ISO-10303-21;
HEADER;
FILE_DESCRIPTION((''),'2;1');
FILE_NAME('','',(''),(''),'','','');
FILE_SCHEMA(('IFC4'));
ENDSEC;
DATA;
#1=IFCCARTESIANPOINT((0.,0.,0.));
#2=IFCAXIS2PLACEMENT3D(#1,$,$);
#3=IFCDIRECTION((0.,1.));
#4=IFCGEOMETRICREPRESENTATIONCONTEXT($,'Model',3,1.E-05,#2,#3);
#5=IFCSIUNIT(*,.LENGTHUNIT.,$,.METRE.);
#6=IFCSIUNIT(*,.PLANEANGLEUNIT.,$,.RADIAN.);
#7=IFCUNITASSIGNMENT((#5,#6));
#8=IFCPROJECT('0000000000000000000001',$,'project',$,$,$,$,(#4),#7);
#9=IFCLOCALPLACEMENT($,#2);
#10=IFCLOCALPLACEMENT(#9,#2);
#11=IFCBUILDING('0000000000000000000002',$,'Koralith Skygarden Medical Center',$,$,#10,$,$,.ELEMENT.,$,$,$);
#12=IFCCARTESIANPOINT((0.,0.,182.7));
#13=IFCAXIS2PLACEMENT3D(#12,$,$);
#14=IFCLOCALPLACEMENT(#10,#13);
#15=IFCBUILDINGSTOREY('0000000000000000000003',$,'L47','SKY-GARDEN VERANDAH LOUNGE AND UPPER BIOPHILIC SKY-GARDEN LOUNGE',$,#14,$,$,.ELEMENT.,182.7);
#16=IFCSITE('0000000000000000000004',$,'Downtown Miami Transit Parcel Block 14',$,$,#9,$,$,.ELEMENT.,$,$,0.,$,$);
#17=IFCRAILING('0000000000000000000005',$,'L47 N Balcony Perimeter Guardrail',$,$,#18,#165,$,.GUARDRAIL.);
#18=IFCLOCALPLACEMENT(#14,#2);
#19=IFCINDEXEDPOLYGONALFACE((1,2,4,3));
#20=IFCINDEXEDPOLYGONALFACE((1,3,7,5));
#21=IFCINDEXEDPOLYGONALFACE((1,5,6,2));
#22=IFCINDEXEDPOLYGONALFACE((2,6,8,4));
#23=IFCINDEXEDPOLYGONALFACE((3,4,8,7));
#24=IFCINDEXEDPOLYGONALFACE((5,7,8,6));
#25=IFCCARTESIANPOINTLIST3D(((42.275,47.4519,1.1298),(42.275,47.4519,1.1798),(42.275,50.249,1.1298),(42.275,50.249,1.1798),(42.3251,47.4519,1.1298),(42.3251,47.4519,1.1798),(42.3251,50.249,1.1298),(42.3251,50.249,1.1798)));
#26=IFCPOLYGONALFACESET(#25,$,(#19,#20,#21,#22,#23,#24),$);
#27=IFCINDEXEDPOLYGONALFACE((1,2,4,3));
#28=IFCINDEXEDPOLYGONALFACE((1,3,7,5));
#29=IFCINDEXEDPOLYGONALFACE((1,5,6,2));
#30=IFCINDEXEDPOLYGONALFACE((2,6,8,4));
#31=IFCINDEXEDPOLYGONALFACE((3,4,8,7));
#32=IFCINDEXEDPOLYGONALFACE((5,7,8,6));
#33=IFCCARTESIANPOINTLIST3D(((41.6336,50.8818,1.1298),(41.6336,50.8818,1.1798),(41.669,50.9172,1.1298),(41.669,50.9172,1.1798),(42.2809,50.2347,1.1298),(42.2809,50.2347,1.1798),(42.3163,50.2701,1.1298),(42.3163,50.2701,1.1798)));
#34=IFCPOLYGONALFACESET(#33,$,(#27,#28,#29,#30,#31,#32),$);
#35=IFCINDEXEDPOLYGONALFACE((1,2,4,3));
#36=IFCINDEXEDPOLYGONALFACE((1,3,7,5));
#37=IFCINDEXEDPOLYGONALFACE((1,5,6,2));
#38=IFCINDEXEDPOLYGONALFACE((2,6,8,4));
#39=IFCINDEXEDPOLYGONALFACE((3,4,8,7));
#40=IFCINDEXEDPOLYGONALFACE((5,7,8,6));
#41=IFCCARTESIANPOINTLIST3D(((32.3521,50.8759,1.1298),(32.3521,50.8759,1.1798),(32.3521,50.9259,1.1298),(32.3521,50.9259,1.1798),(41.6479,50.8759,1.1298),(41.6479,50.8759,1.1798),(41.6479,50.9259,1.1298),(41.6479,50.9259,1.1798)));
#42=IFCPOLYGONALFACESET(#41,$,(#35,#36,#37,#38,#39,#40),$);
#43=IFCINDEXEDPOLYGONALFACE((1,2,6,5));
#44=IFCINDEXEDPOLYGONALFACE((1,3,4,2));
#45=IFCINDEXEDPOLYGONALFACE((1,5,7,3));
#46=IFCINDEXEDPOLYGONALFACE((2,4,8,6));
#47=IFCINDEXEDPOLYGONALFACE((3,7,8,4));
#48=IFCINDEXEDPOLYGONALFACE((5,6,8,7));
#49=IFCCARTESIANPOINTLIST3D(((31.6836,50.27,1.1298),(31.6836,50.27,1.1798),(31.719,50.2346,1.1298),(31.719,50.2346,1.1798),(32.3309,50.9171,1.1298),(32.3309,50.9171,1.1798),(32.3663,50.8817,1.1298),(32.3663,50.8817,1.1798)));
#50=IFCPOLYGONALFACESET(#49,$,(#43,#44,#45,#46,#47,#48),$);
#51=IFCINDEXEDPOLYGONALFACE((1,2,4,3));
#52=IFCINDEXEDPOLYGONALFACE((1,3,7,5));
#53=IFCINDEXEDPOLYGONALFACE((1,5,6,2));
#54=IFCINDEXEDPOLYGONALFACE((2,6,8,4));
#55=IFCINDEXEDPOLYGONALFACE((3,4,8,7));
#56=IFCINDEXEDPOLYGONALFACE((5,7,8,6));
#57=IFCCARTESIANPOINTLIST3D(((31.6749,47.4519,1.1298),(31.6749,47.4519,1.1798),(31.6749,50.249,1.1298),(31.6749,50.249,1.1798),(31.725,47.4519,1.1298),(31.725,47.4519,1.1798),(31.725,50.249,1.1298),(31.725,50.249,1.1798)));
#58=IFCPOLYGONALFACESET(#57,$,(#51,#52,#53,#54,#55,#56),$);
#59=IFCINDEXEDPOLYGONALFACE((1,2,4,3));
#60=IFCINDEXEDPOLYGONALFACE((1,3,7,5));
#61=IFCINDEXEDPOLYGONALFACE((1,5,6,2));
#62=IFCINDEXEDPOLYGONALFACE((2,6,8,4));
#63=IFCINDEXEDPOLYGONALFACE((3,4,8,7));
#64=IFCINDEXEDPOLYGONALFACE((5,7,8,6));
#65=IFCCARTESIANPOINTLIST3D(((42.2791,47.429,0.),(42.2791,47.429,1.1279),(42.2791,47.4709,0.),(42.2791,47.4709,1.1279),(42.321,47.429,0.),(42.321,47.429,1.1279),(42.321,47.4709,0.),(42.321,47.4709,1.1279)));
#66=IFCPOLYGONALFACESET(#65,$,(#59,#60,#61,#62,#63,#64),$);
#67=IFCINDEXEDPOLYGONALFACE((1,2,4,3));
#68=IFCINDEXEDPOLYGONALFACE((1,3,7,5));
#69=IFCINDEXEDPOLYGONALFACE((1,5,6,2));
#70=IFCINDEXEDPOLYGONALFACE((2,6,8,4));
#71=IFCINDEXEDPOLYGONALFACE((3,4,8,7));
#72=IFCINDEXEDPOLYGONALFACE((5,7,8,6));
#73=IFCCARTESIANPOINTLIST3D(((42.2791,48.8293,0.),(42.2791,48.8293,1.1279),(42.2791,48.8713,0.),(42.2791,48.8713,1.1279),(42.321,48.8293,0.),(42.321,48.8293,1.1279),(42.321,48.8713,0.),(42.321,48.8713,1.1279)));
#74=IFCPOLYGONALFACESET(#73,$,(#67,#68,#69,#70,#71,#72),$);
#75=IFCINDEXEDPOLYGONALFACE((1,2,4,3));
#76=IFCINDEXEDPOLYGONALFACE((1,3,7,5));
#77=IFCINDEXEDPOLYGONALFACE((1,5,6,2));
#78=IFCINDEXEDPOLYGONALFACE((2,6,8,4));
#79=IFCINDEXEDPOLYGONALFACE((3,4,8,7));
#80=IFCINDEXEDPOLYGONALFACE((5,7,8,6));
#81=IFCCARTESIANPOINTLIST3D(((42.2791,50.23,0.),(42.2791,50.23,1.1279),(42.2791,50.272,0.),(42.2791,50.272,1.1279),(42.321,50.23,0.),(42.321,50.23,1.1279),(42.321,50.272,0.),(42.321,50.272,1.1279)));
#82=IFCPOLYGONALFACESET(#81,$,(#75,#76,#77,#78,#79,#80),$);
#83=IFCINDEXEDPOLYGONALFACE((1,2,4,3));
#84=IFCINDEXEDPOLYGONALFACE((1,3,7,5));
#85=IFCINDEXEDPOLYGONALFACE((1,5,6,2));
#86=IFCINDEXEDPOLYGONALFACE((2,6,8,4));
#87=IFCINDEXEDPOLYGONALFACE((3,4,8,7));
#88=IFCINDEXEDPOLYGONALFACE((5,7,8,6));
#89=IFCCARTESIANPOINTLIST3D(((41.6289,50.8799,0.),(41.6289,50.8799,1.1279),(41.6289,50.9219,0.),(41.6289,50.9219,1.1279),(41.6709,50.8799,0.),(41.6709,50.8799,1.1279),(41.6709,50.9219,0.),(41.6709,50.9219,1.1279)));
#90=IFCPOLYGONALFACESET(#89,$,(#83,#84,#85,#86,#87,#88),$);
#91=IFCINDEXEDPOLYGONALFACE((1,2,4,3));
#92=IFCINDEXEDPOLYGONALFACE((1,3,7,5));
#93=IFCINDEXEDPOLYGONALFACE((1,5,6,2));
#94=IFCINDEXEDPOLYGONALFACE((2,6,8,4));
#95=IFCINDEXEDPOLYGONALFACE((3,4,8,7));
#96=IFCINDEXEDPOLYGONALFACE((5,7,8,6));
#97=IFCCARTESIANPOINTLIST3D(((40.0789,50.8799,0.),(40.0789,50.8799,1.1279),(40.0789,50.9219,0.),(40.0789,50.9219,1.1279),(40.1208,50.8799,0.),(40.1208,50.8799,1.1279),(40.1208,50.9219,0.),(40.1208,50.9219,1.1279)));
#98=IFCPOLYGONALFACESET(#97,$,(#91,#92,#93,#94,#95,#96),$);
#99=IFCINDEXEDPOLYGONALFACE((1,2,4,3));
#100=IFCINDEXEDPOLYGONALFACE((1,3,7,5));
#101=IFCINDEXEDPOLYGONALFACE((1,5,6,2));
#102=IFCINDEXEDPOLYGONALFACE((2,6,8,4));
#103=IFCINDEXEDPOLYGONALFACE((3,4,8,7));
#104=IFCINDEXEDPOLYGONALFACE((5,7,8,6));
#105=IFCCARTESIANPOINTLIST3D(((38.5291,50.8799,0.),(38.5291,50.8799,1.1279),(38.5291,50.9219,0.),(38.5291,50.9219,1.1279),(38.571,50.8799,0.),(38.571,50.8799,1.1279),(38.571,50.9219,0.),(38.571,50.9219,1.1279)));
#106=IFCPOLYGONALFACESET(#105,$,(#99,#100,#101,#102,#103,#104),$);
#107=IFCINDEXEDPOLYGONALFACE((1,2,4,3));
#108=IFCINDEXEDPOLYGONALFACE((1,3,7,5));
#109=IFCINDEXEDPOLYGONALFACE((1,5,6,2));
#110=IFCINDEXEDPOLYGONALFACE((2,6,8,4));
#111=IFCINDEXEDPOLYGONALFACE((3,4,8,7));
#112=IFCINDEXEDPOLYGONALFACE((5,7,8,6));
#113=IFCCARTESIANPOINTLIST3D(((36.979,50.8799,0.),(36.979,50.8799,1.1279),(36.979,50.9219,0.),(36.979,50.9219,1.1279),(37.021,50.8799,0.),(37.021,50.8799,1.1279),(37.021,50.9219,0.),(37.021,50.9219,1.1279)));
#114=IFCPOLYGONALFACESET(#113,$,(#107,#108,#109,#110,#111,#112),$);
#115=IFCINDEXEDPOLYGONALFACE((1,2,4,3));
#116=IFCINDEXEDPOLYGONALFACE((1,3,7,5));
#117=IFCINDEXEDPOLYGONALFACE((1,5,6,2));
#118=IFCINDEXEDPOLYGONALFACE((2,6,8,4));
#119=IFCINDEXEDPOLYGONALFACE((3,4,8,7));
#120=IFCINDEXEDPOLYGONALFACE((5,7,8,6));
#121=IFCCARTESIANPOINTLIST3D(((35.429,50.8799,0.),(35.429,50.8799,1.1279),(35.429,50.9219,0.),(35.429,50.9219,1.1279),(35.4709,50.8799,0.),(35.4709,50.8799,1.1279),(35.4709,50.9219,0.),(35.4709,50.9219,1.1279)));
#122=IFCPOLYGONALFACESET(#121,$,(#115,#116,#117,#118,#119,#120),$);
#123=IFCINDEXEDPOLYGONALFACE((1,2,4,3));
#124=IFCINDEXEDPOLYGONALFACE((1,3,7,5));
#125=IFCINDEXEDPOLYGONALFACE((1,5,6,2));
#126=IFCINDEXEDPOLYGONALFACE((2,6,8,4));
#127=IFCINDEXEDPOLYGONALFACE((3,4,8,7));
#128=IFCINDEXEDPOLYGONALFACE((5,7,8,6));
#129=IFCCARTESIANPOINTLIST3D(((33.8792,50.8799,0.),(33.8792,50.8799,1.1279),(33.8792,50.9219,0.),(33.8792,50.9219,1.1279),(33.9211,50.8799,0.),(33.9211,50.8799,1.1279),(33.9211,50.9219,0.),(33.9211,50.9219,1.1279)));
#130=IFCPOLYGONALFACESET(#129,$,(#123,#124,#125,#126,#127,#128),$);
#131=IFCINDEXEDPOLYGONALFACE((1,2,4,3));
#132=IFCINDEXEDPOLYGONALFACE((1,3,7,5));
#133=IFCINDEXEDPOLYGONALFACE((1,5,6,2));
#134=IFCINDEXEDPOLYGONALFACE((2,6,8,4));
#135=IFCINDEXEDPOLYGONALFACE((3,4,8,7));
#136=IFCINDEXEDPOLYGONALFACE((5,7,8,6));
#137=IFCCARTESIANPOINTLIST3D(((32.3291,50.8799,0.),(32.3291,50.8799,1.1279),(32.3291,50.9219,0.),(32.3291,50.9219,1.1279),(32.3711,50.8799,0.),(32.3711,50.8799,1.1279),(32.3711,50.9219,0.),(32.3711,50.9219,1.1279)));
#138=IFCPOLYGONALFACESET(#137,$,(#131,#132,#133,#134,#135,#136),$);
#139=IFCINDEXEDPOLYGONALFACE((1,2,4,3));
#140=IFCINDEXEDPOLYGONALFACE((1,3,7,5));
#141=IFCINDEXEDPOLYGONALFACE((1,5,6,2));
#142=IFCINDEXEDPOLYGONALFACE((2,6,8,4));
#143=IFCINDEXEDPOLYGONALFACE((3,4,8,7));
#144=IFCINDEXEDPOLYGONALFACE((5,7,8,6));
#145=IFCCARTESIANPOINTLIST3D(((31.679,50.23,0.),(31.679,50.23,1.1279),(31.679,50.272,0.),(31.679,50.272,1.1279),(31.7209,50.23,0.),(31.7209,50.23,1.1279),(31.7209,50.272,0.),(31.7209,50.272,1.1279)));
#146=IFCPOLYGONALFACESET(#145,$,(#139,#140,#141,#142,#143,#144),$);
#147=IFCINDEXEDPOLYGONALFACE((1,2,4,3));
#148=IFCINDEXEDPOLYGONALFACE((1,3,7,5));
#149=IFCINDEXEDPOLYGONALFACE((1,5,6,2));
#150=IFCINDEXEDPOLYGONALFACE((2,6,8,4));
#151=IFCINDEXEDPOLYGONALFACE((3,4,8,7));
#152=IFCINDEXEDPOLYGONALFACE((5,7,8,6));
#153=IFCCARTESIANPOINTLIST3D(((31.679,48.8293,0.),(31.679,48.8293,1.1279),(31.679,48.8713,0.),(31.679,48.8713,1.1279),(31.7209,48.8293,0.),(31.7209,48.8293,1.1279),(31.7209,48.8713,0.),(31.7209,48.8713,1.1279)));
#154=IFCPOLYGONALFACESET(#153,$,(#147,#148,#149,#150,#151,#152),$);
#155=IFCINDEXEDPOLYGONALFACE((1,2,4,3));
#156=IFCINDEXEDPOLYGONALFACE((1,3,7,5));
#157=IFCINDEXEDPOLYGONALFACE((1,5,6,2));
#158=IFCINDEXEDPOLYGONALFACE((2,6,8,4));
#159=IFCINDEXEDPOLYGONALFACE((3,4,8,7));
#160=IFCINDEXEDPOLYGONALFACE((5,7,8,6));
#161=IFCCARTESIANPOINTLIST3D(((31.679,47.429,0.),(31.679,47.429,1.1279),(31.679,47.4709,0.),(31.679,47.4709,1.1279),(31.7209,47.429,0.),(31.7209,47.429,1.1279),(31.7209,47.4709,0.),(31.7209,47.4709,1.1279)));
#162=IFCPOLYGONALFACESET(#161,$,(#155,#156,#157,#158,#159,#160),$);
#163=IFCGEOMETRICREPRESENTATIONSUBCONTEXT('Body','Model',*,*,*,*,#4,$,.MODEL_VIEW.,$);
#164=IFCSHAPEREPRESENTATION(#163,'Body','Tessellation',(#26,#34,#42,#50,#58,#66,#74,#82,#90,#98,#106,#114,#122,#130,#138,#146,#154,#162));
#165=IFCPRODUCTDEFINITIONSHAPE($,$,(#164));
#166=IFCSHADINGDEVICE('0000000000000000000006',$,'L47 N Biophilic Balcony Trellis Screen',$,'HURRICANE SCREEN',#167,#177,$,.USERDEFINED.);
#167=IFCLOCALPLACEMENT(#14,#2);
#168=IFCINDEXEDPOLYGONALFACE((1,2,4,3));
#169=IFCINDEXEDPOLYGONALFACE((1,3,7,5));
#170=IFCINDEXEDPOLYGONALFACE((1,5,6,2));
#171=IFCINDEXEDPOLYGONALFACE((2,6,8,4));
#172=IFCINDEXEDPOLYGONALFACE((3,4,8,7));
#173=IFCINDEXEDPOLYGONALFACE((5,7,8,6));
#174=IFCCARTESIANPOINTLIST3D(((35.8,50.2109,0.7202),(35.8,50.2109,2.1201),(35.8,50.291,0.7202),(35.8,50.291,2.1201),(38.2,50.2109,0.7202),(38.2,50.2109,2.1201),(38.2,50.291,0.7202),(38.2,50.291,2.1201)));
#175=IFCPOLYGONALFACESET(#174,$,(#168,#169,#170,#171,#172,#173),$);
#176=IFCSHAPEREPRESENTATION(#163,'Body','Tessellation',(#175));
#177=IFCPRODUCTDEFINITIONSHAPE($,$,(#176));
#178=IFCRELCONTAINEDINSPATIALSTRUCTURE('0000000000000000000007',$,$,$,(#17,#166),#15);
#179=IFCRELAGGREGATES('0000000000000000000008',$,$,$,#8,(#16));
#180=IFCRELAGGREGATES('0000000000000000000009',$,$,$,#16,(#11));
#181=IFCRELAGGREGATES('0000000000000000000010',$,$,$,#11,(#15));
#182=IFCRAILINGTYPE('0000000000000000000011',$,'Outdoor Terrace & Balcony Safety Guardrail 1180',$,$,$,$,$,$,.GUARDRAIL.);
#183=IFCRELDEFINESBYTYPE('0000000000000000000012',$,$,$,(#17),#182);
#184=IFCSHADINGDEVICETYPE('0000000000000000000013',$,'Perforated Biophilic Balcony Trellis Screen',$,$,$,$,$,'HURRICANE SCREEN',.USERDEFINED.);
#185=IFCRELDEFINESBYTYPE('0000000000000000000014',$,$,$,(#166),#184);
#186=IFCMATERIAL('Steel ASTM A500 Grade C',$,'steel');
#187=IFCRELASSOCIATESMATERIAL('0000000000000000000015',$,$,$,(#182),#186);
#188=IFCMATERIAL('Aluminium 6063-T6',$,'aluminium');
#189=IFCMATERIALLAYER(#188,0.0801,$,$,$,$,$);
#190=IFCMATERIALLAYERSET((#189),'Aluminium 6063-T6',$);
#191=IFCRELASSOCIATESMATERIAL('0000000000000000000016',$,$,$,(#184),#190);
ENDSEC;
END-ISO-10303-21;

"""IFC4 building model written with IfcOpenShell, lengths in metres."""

from ifc_helpers import new_model, si_unit, direction, frame, origin, origin_2d, place, context, subcontext, project, spatial, rectangle, extrude, material, layer, layer_set, type_object, element, save


model = new_model("IFC4")

# Units and contexts
model_context = context("Model", 3, precision=1e-05, world=origin(), true_north=direction((0.0, 1.0)))
body_context = subcontext(model_context, "Body", "Model", "MODEL_VIEW")
ifc_project = project(units=[si_unit("LENGTHUNIT", "METRE"), si_unit("PLANEANGLEUNIT", "RADIAN")], contexts=[model_context])

# Site, building, storey
site_placement = place(None, origin())
site = spatial("IfcSite", under=ifc_project, at=site_placement, Name="Downtown Miami Transit Parcel Block 14", CompositionType="ELEMENT", RefElevation=0.0)
building_placement = place(site_placement, origin())
building = spatial("IfcBuilding", under=site, at=building_placement, Name="Koralith Skygarden Medical Center", CompositionType="ELEMENT")
storey_placement = place(building_placement, frame((0.0, 0.0, 182.7)))
storey = spatial("IfcBuildingStorey", under=building, at=storey_placement, Name="L47", Description="SKY-GARDEN VERANDAH LOUNGE AND UPPER BIOPHILIC SKY-GARDEN LOUNGE", CompositionType="ELEMENT", Elevation=182.7)

# Shared definitions
ifc_material_1 = material(Name="Aluminium 6063-T6", Category="aluminium")

# Shared definitions
ifc_material_2 = material(Name="Steel ASTM A500 Grade C", Category="steel")

# Railing
railing_type = type_object("IfcRailingType", Name="Outdoor Terrace & Balcony Safety Guardrail 1180", PredefinedType="GUARDRAIL", material=ifc_material_2)
railing_placement = place(storey_placement, frame((42.3, 47.45, 0.0)))
element("IfcRailing", 1, at=railing_placement, inside=storey, type_object=railing_type, Name="L47 N Balcony Perimeter Guardrail", PredefinedType="GUARDRAIL", context=body_context, shape_type="SweptSolid", body=[
    extrude(rectangle(XDim=0.05, YDim=0.05, at=origin_2d()), frame((0.0, 0.002, 1.1548), z_axis=(0.0, 1.0, 0.0), x_axis=(-1.0, 0.0, 0.0)), (0.0, 0.0, 1.0), 2.7971),
    extrude(rectangle(XDim=0.05, YDim=0.05, at=origin_2d()), frame((-0.0015, 2.8025, 1.1548), z_axis=(-0.70724, 0.706974, 0.0), x_axis=(-0.706974, -0.70724, 0.0)), (0.0, 0.0, 1.0), 0.9153),
    extrude(rectangle(XDim=0.05, YDim=0.05, at=origin_2d()), frame((-0.6521, 3.4509, 1.1548), z_axis=(-1.0, 0.0, 0.0), x_axis=(0.0, -1.0, 0.0)), (0.0, 0.0, 1.0), 9.2959),
    extrude(rectangle(XDim=0.05, YDim=0.05, at=origin_2d()), frame((-9.9514, 3.4495, 1.1548), z_axis=(-0.70724, -0.706974, 0.0), x_axis=(0.706974, -0.70724, 0.0)), (0.0, 0.0, 1.0), 0.9153),
    extrude(rectangle(XDim=0.05, YDim=0.05, at=origin_2d()), frame((-10.6001, 2.7991, 1.1548), z_axis=(0.0, -1.0, 0.0), x_axis=(1.0, 0.0, 0.0)), (0.0, 0.0, 1.0), 2.7971),
    extrude(rectangle(XDim=0.042, YDim=0.042, at=origin_2d()), origin(), (0.0, 0.0, 1.0), 1.1279),
    extrude(rectangle(XDim=0.042, YDim=0.042, at=origin_2d()), frame((0.0, 1.4004, 0.0)), (0.0, 0.0, 1.0), 1.1279),
    extrude(rectangle(XDim=0.042, YDim=0.042, at=origin_2d()), frame((0.0, 2.801, 0.0)), (0.0, 0.0, 1.0), 1.1279),
    extrude(rectangle(XDim=0.042, YDim=0.042, at=origin_2d()), frame((-0.6501, 3.4509, 0.0)), (0.0, 0.0, 1.0), 1.1279),
    extrude(rectangle(XDim=0.042, YDim=0.042, at=origin_2d()), frame((-2.2002, 3.4509, 0.0)), (0.0, 0.0, 1.0), 1.1279),
    extrude(rectangle(XDim=0.042, YDim=0.042, at=origin_2d()), frame((-3.75, 3.4509, 0.0)), (0.0, 0.0, 1.0), 1.1279),
    extrude(rectangle(XDim=0.042, YDim=0.042, at=origin_2d()), frame((-5.3, 3.4509, 0.0)), (0.0, 0.0, 1.0), 1.1279),
    extrude(rectangle(XDim=0.042, YDim=0.042, at=origin_2d()), frame((-6.8501, 3.4509, 0.0)), (0.0, 0.0, 1.0), 1.1279),
    extrude(rectangle(XDim=0.042, YDim=0.042, at=origin_2d()), frame((-8.3999, 3.4509, 0.0)), (0.0, 0.0, 1.0), 1.1279),
    extrude(rectangle(XDim=0.042, YDim=0.042, at=origin_2d()), frame((-9.95, 3.4509, 0.0)), (0.0, 0.0, 1.0), 1.1279),
    extrude(rectangle(XDim=0.042, YDim=0.042, at=origin_2d()), frame((-10.6001, 2.801, 0.0)), (0.0, 0.0, 1.0), 1.1279),
    extrude(rectangle(XDim=0.042, YDim=0.042, at=origin_2d()), frame((-10.6001, 1.4004, 0.0)), (0.0, 0.0, 1.0), 1.1279),
    extrude(rectangle(XDim=0.042, YDim=0.042, at=origin_2d()), frame((-10.6001, 0.0, 0.0)), (0.0, 0.0, 1.0), 1.1279),
])

# Shading device
ifc_layer_1 = layer(ifc_material_1, 0.0801)
ifc_layer_set_1 = layer_set([ifc_layer_1], Name="Aluminium 6063-T6")
shading_device_type = type_object("IfcShadingDeviceType", Name="Perforated Biophilic Balcony Trellis Screen", ElementType="HURRICANE SCREEN", PredefinedType="USERDEFINED", material=ifc_layer_set_1)
shading_device_placement = place(storey_placement, frame((37.0, 50.251, 0.7202), z_axis=(0.0, 0.0, 1.0), x_axis=(1.0, 0.0, 0.0)))
element("IfcShadingDevice", 2, at=shading_device_placement, inside=storey, type_object=shading_device_type, Name="L47 N Biophilic Balcony Trellis Screen", ObjectType="HURRICANE SCREEN", PredefinedType="USERDEFINED", context=body_context, shape_type="SweptSolid", body=[
    extrude(rectangle(XDim=2.3999, YDim=0.0801, at=origin_2d()), origin(), (0.0, 0.0, 1.0), 1.3999),
])

save(model, "model.ifc")
